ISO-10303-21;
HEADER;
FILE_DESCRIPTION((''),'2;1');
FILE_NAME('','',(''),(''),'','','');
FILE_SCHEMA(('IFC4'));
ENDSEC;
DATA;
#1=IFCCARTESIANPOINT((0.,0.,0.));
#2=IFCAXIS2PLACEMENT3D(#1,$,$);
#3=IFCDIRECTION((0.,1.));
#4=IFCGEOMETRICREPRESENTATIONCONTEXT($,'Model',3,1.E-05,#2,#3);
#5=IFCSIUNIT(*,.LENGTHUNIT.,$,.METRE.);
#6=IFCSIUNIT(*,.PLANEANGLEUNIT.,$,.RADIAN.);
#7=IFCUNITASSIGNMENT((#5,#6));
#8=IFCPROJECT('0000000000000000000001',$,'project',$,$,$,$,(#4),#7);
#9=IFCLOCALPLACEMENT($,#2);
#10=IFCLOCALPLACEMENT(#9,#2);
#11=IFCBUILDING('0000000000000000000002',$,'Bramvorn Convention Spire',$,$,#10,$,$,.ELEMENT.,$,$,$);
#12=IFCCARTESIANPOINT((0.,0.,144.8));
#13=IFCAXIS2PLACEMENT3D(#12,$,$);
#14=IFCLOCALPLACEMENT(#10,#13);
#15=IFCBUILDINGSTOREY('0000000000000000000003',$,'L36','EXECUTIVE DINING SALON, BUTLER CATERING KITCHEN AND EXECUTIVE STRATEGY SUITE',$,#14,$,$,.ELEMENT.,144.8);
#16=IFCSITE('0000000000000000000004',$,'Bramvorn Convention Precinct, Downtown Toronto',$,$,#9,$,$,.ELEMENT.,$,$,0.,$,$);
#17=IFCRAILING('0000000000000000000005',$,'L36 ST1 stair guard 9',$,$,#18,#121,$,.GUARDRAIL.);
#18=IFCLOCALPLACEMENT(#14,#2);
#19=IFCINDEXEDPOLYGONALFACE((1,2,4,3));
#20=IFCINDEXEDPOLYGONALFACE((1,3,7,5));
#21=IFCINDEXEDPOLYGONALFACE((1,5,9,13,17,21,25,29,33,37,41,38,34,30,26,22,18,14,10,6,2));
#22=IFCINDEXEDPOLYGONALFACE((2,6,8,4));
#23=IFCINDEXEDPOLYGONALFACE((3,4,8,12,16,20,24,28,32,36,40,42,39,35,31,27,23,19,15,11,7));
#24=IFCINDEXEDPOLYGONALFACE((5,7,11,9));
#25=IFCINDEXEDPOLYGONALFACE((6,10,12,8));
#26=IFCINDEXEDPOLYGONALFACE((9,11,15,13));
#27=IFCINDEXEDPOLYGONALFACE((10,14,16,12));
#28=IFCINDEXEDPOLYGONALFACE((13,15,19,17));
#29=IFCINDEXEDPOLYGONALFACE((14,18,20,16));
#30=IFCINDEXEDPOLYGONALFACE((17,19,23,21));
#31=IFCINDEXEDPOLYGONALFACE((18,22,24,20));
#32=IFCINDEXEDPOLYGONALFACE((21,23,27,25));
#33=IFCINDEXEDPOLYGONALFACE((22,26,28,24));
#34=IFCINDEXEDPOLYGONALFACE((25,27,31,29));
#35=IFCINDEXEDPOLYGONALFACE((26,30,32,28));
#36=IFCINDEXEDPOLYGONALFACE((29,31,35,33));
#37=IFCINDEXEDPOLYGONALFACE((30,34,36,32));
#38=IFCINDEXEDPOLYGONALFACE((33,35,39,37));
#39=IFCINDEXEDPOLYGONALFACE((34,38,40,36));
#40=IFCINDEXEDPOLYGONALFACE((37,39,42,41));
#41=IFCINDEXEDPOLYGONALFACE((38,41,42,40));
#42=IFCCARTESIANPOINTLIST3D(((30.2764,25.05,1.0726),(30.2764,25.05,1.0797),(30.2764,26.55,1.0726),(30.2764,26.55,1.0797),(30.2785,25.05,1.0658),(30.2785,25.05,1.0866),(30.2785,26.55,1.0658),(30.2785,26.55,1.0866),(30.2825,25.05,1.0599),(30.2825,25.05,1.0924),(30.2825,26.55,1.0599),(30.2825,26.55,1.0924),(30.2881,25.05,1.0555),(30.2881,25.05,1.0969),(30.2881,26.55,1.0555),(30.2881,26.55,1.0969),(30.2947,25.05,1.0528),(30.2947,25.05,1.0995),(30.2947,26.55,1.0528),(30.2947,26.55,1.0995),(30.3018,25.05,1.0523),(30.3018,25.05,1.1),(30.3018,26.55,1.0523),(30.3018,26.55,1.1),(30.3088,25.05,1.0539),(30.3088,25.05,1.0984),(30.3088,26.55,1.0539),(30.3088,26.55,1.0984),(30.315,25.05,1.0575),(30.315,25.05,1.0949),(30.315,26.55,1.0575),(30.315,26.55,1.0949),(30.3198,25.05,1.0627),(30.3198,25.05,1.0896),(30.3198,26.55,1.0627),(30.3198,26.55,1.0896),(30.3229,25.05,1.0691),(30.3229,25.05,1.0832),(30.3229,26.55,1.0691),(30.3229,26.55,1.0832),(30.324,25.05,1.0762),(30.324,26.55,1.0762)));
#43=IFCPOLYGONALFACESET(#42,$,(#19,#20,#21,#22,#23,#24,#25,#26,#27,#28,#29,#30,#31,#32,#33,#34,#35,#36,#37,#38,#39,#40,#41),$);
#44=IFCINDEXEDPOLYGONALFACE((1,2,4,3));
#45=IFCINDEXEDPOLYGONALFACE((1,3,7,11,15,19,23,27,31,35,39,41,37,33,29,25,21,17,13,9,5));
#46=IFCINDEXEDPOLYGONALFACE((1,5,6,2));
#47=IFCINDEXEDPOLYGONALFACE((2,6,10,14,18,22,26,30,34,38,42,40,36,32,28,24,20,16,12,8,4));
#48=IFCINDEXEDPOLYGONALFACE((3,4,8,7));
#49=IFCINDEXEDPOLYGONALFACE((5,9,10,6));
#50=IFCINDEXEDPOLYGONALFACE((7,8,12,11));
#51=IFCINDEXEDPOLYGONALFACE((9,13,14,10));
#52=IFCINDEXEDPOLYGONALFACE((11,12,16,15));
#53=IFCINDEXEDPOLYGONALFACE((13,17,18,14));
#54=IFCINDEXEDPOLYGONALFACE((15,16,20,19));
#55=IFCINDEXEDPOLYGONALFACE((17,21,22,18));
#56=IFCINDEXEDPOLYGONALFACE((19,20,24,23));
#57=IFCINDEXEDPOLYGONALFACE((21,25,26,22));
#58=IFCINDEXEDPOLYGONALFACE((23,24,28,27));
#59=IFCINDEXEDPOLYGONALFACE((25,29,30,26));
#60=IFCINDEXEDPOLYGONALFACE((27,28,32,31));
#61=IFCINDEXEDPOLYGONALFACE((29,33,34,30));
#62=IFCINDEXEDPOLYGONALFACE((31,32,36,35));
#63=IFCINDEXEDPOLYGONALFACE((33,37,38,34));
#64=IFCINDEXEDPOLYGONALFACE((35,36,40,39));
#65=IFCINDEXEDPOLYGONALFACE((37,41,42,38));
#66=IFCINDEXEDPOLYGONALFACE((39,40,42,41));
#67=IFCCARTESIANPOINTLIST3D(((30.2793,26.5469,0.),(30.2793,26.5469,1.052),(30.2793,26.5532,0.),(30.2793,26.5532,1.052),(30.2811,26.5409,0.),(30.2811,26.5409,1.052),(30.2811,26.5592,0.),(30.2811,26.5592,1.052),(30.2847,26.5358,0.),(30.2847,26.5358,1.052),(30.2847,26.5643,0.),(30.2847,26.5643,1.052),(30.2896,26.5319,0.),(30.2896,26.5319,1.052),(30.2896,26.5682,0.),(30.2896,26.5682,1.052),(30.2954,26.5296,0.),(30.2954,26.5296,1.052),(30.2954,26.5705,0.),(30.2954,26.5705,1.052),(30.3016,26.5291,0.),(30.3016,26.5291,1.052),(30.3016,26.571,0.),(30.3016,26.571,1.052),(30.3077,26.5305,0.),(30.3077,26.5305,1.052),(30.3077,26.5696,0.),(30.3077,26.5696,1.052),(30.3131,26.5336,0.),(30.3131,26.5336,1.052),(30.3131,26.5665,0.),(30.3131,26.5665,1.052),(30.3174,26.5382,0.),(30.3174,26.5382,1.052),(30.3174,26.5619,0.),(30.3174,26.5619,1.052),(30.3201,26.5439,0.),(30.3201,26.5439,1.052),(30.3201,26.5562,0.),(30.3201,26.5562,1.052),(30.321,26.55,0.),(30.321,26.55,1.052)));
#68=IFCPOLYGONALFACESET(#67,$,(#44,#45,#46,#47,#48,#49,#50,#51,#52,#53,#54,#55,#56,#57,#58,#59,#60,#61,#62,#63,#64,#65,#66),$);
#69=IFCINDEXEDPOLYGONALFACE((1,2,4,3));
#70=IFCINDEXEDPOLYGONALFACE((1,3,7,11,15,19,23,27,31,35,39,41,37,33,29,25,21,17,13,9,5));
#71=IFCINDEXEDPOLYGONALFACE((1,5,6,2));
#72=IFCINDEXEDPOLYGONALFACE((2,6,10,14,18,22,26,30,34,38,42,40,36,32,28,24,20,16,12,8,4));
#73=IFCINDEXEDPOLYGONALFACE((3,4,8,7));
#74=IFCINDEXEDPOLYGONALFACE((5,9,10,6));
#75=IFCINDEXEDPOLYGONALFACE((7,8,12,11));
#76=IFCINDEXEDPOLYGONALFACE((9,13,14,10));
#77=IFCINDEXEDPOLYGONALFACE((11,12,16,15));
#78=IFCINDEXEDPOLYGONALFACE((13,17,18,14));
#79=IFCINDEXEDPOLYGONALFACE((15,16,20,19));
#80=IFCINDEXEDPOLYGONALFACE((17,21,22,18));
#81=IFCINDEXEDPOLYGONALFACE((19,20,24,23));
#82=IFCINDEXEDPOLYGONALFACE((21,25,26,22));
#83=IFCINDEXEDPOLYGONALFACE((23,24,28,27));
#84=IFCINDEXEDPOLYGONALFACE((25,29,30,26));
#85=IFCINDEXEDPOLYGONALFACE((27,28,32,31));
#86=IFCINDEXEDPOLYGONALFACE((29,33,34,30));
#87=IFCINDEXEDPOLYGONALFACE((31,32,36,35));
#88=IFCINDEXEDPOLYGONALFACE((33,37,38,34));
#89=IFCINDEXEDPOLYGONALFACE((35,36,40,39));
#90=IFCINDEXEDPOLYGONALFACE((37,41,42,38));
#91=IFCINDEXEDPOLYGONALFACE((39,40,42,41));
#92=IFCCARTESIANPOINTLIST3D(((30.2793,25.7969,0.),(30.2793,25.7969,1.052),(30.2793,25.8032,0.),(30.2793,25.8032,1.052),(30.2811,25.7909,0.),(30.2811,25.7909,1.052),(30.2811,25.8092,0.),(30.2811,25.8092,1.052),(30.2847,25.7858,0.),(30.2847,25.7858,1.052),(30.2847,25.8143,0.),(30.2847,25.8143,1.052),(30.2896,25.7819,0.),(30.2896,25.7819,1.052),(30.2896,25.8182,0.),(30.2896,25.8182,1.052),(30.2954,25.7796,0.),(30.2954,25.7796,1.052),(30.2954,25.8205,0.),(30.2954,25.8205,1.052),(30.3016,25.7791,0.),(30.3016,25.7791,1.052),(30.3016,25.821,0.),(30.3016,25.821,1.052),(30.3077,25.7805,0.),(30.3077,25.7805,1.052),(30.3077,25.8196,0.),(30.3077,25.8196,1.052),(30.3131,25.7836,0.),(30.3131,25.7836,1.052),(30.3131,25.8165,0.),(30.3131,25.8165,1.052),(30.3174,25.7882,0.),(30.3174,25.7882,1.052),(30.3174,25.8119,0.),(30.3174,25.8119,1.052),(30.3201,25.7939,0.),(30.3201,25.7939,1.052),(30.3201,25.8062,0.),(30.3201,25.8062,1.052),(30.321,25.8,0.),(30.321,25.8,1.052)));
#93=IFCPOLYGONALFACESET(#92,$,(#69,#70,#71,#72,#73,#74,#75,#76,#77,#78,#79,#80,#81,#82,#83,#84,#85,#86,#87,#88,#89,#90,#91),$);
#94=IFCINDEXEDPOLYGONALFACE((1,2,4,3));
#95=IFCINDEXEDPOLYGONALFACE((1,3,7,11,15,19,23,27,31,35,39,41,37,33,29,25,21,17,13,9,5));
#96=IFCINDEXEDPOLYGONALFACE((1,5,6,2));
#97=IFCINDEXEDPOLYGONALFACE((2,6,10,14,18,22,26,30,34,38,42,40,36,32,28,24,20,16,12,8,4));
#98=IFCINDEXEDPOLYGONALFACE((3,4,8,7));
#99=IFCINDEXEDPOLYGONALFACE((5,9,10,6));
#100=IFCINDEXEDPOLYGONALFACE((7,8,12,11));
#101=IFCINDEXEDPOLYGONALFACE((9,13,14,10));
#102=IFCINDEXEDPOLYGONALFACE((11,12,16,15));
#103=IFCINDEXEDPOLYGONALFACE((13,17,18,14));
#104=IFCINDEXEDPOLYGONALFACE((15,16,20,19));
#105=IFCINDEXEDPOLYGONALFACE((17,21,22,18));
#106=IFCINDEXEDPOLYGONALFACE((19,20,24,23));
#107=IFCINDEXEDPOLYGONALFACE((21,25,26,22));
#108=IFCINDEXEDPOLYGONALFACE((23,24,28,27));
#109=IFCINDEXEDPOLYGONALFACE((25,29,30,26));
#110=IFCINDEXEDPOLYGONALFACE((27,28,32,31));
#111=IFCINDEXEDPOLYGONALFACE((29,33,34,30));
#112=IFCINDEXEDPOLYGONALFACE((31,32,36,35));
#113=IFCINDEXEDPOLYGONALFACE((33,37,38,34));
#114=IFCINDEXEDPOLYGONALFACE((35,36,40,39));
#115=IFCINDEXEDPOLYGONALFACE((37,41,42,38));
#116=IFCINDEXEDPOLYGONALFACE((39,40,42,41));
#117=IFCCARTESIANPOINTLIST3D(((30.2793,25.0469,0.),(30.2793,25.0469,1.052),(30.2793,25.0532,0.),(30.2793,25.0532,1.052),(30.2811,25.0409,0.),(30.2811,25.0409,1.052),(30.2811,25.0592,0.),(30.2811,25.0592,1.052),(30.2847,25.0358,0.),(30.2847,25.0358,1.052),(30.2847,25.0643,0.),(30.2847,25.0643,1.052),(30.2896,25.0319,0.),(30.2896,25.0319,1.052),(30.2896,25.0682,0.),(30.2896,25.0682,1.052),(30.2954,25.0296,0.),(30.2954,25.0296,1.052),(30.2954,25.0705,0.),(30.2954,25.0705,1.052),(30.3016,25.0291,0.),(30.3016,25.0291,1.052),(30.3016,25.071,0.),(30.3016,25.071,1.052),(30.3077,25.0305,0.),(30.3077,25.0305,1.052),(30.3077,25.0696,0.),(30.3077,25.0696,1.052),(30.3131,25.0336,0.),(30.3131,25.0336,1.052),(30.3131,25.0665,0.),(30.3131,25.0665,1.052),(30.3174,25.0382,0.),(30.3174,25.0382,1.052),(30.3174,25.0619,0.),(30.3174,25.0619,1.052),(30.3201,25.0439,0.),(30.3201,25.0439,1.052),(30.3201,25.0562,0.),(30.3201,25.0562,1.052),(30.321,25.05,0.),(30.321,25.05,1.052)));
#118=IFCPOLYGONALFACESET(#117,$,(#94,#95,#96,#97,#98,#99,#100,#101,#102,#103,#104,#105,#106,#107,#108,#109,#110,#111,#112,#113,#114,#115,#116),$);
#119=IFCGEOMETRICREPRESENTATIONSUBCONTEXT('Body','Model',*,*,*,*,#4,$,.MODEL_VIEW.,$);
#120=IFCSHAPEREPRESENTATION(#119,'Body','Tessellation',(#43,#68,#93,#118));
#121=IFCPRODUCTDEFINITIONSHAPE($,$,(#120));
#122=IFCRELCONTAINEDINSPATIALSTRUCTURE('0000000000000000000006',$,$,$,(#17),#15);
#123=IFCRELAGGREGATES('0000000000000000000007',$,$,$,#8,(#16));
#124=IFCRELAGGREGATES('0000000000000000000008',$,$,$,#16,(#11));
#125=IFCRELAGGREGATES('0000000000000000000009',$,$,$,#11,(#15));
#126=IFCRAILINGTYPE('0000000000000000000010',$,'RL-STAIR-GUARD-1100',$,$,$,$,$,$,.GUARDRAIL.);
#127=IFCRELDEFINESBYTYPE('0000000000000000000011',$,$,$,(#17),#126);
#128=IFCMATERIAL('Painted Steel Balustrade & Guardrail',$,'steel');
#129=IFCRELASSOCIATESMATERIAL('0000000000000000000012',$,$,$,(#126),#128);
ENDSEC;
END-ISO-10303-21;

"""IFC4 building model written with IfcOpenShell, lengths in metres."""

from ifc_helpers import new_model, si_unit, direction, frame, origin, origin_2d, place, context, subcontext, project, spatial, circle, extrude, material, type_object, element, save


model = new_model("IFC4")

# Units and contexts
model_context = context("Model", 3, precision=1e-05, world=origin(), true_north=direction((0.0, 1.0)))
body_context = subcontext(model_context, "Body", "Model", "MODEL_VIEW")
ifc_project = project(units=[si_unit("LENGTHUNIT", "METRE"), si_unit("PLANEANGLEUNIT", "RADIAN")], contexts=[model_context])

# Site, building, storey
site_placement = place(None, origin())
site = spatial("IfcSite", under=ifc_project, at=site_placement, Name="Bramvorn Convention Precinct, Downtown Toronto", CompositionType="ELEMENT", RefElevation=0.0)
building_placement = place(site_placement, origin())
building = spatial("IfcBuilding", under=site, at=building_placement, Name="Bramvorn Convention Spire", CompositionType="ELEMENT")
storey_placement = place(building_placement, frame((0.0, 0.0, 144.8)))
storey = spatial("IfcBuildingStorey", under=building, at=storey_placement, Name="L36", Description="EXECUTIVE DINING SALON, BUTLER CATERING KITCHEN AND EXECUTIVE STRATEGY SUITE", CompositionType="ELEMENT", Elevation=144.8)

# Railing
ifc_material_1 = material(Name="Painted Steel Balustrade & Guardrail", Category="steel")
railing_type_1 = type_object("IfcRailingType", Name="RL-STAIR-GUARD-1100", PredefinedType="GUARDRAIL", material=ifc_material_1)
railing_1_placement = place(storey_placement, frame((30.3, 26.55, 0.0)))
element("IfcRailing", 1, at=railing_1_placement, inside=storey, type_object=railing_type_1, Name="L36 ST1 stair guard 9", PredefinedType="GUARDRAIL", context=body_context, shape_type="SweptSolid", body=[
    extrude(circle(Radius=0.0239, at=origin_2d()), frame((0.0, 0.0, 1.0762), z_axis=(0.0, -1.0, 0.0), x_axis=(1.0, 0.0, 0.0)), (0.0, 0.0, 1.0), 1.5),
    extrude(circle(Radius=0.021, at=origin_2d()), origin(), (0.0, 0.0, 1.0), 1.052),
    extrude(circle(Radius=0.021, at=origin_2d()), frame((0.0, -0.75, 0.0)), (0.0, 0.0, 1.0), 1.052),
    extrude(circle(Radius=0.021, at=origin_2d()), frame((0.0, -1.5, 0.0)), (0.0, 0.0, 1.0), 1.052),
])

save(model, "model.ifc")
